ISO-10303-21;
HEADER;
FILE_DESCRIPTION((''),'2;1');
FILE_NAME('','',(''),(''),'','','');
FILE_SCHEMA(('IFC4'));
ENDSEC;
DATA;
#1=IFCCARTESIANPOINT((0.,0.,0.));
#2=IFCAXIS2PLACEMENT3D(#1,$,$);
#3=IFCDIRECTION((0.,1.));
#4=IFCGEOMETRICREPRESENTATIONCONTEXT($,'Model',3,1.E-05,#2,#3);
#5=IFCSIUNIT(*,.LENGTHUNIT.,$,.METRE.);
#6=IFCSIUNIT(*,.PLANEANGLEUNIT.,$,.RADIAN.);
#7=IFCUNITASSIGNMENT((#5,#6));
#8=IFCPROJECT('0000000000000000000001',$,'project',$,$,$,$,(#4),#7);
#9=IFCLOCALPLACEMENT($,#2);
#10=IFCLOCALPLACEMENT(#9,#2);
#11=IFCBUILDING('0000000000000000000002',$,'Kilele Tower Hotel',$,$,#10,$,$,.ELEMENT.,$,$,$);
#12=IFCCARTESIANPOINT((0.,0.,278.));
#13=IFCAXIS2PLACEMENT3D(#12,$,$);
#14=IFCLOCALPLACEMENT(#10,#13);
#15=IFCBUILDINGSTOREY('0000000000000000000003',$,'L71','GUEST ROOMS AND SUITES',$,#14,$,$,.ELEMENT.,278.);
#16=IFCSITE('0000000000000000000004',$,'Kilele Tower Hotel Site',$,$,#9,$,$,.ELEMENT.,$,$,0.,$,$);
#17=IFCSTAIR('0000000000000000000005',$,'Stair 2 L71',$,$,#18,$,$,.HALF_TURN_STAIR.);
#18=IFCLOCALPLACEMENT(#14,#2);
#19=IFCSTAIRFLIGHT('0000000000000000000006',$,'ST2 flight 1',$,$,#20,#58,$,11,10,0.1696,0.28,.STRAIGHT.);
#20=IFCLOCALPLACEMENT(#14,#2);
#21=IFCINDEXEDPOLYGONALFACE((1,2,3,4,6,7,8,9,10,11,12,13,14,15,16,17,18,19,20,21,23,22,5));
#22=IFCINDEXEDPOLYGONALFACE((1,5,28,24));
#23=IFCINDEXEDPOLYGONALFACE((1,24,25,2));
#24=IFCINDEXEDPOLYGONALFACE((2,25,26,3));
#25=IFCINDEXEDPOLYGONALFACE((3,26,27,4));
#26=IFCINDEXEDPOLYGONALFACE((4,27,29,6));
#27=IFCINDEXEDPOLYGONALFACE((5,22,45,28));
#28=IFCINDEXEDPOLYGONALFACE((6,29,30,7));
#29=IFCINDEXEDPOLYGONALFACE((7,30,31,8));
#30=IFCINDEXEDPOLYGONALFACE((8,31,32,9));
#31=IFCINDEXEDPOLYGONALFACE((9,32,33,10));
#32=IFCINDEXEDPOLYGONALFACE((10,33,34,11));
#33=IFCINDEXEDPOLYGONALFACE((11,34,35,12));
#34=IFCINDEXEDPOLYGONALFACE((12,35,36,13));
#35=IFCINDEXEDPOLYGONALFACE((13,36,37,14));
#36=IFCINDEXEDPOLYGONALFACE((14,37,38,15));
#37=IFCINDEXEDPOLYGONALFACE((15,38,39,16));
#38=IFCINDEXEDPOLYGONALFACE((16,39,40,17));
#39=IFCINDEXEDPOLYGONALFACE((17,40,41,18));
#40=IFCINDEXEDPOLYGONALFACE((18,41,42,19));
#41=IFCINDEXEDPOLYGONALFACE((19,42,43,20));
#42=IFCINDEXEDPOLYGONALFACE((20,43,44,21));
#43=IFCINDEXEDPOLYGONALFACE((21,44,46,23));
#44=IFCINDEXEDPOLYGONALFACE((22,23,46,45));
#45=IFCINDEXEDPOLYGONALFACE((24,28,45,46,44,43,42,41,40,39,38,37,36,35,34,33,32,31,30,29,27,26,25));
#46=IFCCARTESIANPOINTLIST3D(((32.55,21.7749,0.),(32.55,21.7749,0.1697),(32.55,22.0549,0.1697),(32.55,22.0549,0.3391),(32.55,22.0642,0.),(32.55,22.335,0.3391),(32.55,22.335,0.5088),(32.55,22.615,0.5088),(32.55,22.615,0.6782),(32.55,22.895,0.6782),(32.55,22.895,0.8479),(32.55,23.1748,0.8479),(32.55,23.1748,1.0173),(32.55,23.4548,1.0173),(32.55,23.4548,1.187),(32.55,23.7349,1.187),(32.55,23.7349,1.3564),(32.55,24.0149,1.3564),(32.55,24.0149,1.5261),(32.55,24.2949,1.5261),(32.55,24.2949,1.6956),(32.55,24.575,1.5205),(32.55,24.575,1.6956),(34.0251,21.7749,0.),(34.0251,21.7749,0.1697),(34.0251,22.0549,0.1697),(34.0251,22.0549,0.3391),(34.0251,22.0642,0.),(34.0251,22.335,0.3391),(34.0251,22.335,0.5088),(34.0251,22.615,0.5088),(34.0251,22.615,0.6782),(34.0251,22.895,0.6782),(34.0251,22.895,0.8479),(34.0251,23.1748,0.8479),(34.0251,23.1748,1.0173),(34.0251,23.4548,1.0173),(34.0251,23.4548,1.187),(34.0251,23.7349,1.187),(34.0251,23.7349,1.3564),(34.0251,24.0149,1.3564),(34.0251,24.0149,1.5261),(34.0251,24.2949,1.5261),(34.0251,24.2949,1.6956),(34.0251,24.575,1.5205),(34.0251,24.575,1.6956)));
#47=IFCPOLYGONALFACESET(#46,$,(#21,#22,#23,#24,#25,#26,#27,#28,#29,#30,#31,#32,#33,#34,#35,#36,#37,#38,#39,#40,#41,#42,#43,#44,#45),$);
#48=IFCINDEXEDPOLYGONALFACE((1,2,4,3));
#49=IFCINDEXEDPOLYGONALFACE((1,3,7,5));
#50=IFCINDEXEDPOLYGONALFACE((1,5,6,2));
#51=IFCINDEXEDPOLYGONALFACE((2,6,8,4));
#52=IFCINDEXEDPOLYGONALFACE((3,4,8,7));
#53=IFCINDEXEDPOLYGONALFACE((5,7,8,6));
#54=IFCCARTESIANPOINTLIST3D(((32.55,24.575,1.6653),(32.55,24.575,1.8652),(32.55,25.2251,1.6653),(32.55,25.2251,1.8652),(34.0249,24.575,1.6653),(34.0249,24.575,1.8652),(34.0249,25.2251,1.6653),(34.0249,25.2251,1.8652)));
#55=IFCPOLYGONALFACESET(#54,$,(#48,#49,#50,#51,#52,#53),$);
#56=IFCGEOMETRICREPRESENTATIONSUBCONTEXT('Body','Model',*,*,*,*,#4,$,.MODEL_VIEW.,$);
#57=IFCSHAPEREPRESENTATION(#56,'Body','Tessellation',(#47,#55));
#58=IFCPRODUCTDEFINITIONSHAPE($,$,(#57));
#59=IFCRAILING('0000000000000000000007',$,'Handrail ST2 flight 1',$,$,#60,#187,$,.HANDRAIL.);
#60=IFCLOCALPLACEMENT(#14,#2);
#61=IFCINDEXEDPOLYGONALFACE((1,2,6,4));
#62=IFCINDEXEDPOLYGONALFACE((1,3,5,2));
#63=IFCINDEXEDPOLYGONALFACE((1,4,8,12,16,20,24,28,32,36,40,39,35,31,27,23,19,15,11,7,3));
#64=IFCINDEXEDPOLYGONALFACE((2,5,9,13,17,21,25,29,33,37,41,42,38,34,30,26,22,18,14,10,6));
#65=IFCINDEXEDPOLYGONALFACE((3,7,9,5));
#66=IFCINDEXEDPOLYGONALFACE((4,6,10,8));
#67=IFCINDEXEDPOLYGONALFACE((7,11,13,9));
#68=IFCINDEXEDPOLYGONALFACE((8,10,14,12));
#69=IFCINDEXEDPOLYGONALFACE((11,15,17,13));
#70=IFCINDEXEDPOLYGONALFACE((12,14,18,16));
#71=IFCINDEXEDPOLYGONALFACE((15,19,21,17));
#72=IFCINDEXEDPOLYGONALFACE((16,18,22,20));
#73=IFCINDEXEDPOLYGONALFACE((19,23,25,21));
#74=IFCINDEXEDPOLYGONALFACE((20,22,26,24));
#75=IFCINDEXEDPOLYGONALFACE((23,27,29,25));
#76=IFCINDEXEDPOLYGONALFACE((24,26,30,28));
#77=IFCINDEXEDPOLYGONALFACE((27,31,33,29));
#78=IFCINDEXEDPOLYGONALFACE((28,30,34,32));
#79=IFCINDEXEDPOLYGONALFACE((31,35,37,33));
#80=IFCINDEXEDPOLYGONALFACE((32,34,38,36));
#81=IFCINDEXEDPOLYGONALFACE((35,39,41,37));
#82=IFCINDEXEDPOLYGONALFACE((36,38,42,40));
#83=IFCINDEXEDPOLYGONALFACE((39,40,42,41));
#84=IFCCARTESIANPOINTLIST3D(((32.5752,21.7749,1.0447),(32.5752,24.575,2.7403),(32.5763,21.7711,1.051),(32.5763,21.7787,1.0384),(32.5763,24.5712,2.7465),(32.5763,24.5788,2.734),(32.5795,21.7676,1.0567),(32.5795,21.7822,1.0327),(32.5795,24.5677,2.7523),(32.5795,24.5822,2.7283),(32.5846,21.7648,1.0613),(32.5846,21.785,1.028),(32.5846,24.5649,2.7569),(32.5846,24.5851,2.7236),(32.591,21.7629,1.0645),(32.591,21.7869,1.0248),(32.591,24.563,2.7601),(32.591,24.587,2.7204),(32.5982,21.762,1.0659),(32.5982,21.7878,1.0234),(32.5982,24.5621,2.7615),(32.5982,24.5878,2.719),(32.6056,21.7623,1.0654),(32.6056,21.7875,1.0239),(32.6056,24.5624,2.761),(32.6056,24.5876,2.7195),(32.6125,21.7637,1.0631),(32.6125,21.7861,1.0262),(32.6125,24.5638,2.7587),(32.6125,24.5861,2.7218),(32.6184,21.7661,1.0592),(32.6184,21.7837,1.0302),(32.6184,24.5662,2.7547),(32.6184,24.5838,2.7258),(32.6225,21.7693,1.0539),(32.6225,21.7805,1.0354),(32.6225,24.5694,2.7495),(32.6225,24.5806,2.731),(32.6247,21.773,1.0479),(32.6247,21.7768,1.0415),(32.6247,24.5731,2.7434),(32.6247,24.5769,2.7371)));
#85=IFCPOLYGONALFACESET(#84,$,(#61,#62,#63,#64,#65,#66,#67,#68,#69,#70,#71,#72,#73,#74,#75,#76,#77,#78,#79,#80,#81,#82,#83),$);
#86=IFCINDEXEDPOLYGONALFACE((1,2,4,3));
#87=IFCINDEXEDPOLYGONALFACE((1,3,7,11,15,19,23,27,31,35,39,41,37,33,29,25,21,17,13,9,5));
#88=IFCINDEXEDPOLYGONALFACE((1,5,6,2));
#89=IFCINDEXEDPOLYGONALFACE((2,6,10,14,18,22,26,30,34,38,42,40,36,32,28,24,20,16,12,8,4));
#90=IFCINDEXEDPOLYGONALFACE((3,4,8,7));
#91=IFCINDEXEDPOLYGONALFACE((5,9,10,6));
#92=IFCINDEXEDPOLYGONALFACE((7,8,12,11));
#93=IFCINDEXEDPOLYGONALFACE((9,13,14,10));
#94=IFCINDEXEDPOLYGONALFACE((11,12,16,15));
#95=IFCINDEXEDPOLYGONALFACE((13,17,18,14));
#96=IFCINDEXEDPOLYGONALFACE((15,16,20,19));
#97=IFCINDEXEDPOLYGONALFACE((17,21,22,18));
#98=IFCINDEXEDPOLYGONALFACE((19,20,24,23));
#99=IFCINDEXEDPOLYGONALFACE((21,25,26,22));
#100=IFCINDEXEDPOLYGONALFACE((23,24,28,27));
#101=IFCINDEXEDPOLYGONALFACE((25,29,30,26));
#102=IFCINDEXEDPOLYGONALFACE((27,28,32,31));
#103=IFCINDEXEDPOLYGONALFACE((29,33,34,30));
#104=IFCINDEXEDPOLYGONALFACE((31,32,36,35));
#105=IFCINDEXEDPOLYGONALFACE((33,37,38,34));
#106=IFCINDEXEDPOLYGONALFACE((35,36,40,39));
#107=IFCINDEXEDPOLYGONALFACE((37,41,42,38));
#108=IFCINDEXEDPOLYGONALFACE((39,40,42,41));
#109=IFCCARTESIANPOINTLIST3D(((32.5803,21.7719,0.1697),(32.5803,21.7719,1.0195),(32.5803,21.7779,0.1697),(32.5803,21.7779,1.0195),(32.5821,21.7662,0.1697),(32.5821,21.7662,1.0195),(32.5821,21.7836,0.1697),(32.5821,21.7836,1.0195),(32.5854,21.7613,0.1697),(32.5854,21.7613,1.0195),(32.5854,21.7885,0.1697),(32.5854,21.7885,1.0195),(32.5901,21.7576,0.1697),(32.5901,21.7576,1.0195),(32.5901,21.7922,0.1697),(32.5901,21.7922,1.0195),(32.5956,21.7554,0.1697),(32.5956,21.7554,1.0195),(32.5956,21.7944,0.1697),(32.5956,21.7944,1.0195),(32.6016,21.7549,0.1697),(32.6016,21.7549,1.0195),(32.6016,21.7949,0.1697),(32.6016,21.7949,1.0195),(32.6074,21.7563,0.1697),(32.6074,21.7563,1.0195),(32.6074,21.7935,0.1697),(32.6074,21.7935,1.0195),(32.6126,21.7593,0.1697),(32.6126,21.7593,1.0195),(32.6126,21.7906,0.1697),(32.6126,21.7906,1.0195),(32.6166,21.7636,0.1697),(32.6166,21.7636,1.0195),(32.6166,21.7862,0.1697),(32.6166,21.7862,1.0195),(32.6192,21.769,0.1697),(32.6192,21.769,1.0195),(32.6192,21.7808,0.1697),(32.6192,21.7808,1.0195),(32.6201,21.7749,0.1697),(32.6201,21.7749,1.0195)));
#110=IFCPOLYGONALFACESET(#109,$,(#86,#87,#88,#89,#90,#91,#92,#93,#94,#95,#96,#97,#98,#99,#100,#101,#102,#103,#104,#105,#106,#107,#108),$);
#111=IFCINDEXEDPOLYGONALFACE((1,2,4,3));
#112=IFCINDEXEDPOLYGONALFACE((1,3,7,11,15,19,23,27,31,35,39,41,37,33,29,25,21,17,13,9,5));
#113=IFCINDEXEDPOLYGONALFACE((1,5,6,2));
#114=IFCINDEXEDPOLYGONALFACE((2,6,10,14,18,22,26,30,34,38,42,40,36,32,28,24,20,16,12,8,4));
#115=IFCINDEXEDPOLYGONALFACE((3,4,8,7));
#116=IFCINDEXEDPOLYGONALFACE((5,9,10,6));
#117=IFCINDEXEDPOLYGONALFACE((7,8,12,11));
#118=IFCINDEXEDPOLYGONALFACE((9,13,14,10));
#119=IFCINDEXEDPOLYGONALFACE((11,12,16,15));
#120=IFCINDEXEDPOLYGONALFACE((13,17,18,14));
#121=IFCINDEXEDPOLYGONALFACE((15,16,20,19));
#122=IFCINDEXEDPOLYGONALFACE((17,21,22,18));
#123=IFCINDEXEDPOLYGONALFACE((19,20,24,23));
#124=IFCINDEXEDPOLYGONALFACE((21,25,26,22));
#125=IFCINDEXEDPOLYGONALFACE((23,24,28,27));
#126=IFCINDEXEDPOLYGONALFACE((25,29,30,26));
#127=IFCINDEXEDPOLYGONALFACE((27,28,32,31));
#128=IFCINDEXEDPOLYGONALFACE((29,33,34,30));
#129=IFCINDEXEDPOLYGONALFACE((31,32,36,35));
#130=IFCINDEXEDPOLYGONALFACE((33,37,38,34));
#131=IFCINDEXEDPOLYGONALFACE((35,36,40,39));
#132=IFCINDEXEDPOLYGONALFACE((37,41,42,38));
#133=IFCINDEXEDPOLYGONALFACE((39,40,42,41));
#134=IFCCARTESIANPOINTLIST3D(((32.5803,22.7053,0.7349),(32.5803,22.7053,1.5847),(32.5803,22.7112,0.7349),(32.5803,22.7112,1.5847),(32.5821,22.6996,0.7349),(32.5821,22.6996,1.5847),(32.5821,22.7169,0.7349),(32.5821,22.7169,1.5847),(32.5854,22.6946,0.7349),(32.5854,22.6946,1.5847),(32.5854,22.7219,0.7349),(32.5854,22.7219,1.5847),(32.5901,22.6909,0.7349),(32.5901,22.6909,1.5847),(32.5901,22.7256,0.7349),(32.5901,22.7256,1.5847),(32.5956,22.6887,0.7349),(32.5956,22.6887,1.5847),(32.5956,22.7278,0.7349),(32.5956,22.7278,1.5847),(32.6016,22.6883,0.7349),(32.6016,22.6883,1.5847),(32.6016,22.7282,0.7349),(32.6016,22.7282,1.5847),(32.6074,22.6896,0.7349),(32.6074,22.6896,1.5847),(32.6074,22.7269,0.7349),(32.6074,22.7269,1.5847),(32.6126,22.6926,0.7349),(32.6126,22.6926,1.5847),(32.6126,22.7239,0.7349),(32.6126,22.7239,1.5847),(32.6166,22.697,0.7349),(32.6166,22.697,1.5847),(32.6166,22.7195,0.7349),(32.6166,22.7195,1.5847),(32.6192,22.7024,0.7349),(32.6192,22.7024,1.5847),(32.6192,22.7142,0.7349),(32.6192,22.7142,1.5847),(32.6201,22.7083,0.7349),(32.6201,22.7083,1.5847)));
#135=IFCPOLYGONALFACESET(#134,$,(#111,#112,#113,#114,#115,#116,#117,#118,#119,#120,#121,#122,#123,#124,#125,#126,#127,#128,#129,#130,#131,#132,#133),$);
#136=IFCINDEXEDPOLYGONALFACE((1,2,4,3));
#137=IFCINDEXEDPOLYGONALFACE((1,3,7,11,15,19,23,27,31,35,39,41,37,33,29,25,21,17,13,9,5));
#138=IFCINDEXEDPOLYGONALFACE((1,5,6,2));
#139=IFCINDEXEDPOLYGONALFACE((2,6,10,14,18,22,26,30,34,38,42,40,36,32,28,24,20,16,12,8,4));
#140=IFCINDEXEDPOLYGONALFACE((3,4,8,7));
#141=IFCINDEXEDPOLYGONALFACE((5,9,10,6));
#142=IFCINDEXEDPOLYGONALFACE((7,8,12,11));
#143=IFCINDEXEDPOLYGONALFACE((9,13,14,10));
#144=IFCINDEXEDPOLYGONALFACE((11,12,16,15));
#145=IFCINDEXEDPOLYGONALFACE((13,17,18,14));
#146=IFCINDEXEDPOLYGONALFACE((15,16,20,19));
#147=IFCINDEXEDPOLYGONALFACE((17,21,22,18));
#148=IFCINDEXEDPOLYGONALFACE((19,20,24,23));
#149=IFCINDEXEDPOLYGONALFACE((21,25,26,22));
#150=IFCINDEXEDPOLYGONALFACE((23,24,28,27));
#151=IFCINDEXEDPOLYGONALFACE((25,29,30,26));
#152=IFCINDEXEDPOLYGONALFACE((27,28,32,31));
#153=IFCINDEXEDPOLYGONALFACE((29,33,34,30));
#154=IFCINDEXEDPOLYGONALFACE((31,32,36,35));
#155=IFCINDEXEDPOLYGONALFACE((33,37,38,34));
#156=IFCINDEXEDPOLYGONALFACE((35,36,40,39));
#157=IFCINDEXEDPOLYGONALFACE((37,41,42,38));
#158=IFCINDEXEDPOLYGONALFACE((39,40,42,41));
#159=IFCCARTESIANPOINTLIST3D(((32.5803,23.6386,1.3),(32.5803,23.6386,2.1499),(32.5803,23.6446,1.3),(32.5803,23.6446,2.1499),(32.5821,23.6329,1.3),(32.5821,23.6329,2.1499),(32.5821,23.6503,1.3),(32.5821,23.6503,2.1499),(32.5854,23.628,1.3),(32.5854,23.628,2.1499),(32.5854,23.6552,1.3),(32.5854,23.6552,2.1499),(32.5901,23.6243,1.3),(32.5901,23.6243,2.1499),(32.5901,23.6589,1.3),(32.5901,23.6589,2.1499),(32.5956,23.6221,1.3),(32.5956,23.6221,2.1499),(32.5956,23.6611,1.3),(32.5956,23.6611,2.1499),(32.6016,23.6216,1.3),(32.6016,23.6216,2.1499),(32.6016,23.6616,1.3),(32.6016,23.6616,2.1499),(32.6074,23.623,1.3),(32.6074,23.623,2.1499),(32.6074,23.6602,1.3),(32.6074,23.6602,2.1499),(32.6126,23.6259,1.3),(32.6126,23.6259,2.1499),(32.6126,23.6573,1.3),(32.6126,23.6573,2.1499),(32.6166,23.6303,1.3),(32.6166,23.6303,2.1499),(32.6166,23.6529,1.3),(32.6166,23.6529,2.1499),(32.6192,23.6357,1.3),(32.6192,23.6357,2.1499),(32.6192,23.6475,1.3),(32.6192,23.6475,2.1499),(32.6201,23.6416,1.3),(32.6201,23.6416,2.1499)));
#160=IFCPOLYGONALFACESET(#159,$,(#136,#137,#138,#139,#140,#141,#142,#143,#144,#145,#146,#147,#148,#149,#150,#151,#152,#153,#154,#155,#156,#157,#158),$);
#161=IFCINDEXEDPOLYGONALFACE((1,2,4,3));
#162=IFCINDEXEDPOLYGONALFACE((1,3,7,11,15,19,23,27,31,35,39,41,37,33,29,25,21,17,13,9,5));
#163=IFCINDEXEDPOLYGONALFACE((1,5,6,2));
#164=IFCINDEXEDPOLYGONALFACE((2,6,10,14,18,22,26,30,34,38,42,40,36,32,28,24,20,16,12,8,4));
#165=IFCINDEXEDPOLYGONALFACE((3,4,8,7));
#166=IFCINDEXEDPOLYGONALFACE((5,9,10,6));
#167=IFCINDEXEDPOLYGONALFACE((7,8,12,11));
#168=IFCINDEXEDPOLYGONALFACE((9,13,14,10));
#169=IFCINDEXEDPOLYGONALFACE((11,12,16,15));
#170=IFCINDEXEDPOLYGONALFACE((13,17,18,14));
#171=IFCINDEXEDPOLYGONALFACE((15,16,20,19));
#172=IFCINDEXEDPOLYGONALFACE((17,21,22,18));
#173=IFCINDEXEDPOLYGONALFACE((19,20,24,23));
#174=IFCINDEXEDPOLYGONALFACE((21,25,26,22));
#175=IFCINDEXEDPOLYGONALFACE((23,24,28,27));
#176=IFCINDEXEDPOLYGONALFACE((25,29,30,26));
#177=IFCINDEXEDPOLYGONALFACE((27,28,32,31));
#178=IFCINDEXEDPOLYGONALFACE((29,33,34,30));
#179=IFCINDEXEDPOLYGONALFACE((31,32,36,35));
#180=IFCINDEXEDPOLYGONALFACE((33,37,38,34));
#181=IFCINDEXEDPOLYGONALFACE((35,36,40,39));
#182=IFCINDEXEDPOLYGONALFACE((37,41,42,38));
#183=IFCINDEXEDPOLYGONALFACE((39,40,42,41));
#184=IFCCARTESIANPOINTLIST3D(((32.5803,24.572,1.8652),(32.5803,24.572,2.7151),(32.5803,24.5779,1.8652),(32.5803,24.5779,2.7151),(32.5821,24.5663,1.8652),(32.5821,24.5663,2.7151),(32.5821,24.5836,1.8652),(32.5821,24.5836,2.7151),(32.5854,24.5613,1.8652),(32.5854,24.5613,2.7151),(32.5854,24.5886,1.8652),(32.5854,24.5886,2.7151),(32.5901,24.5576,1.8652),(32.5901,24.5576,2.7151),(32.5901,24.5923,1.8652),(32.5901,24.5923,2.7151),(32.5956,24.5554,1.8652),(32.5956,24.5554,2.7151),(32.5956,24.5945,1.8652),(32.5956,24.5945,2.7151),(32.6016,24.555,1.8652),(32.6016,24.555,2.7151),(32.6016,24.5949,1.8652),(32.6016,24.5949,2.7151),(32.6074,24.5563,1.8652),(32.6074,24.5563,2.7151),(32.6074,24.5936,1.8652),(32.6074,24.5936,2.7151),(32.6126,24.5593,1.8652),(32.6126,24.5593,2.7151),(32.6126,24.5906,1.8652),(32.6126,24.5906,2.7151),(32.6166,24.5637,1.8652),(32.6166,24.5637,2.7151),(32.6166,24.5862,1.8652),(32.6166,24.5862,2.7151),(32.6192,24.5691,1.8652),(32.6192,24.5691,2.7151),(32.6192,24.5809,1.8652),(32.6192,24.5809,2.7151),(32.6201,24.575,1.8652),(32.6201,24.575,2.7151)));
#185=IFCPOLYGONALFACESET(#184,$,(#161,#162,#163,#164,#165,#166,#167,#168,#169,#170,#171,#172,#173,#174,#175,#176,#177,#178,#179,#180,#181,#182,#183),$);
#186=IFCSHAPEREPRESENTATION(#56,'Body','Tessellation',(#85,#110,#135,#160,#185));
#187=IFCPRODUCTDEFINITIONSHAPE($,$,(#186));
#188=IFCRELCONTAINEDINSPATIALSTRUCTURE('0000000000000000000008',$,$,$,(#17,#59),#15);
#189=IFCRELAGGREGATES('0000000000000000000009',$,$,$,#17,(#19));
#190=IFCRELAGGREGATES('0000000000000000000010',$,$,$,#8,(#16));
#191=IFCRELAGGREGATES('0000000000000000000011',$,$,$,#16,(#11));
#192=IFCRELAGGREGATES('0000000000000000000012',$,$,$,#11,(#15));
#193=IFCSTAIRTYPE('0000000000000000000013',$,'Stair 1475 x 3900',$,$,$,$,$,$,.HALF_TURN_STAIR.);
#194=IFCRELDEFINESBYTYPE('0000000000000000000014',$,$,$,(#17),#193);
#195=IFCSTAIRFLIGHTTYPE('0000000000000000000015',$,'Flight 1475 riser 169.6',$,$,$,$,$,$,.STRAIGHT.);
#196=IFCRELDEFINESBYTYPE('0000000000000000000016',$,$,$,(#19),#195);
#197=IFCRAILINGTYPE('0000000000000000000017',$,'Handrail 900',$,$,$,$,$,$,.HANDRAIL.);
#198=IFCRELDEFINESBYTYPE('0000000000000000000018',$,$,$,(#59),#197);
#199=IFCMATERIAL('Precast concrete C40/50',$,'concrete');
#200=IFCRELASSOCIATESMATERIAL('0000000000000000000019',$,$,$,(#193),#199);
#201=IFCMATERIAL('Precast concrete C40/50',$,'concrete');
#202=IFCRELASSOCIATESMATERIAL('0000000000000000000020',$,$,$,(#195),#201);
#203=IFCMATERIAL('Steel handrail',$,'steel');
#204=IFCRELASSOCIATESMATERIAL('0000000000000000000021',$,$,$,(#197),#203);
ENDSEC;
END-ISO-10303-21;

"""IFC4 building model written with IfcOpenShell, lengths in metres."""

from ifc_helpers import new_model, si_unit, direction, frame, origin, origin_2d, place, context, subcontext, project, spatial, polyline, circle, outline, extrude, material, type_object, element, aggregate, save


model = new_model("IFC4")

# Units and contexts
model_context = context("Model", 3, precision=1e-05, world=origin(), true_north=direction((0.0, 1.0)))
body_context = subcontext(model_context, "Body", "Model", "MODEL_VIEW")
ifc_project = project(units=[si_unit("LENGTHUNIT", "METRE"), si_unit("PLANEANGLEUNIT", "RADIAN")], contexts=[model_context])

# Site, building, storey
site_placement = place(None, origin())
site = spatial("IfcSite", under=ifc_project, at=site_placement, Name="Kilele Tower Hotel Site", CompositionType="ELEMENT", RefElevation=0.0)
building_placement = place(site_placement, origin())
building = spatial("IfcBuilding", under=site, at=building_placement, Name="Kilele Tower Hotel", CompositionType="ELEMENT")
storey_placement = place(building_placement, frame((0.0, 0.0, 278.0)))
storey = spatial("IfcBuildingStorey", under=building, at=storey_placement, Name="L71", Description="GUEST ROOMS AND SUITES", CompositionType="ELEMENT", Elevation=278.0)

# Stair, stair flight
ifc_material_1 = material(Name="Precast concrete C40/50", Category="concrete")
stair_type = type_object("IfcStairType", Name="Stair 1475 x 3900", PredefinedType="HALF_TURN_STAIR", material=ifc_material_1)
stair_placement = place(storey_placement, origin())
stair = element("IfcStair", 1, at=stair_placement, inside=storey, type_object=stair_type, Name="Stair 2 L71", PredefinedType="HALF_TURN_STAIR")
ifc_material_2 = material(Name="Precast concrete C40/50", Category="concrete")
stair_flight_type = type_object("IfcStairFlightType", Name="Flight 1475 riser 169.6", PredefinedType="STRAIGHT", material=ifc_material_2)
stair_flight_placement = place(storey_placement, frame((33.2876, 21.7749, 0.0), z_axis=(0.0, 0.0, 1.0), x_axis=(0.0, 1.0, 0.0)))
stair_flight = element("IfcStairFlight", 2, at=stair_flight_placement, type_object=stair_flight_type, Name="ST2 flight 1", NumberOfRisers=11, NumberOfTreads=10, PredefinedType="STRAIGHT", RiserHeight=0.1696, TreadLength=0.28, context=body_context, shape_type="SweptSolid", body=[
    extrude(outline(polyline([(0.0, 0.0), (0.0, 0.1697), (0.28, 0.1697), (0.28, 0.3391), (0.5601, 0.3391), (0.5601, 0.5088), (0.8401, 0.5088), (0.8401, 0.6782), (1.1201, 0.6782), (1.1201, 0.8479), (1.3999, 0.8479), (1.3999, 1.0173), (1.6799, 1.0173), (1.6799, 1.187), (1.96, 1.187), (1.96, 1.3564), (2.24, 1.3564), (2.24, 1.5261), (2.52, 1.5261), (2.52, 1.6956), (2.8, 1.6956), (2.8, 1.8652), (2.8, 1.5205), (0.2893, 0.0), (0.0, 0.0)])), frame((0.0, 0.7375, 0.0), z_axis=(0.0, -1.0, 0.0), x_axis=(1.0, 0.0, 0.0)), (0.0, 0.0, 1.0), 1.4751),
    extrude(outline(polyline([(2.8, 0.7375), (2.8, -0.7373), (3.4502, -0.7373), (3.4502, 0.7375), (2.8, 0.7375)])), frame((0.0, 0.0, 1.6653)), (0.0, 0.0, 1.0), 0.2),
])
aggregate(stair, [stair_flight])

# Railing
ifc_material_3 = material(Name="Steel handrail", Category="steel")
railing_type = type_object("IfcRailingType", Name="Handrail 900", PredefinedType="HANDRAIL", material=ifc_material_3)
railing_placement = place(storey_placement, frame((32.6001, 21.7749, 0.1697)))
element("IfcRailing", 3, at=railing_placement, inside=storey, type_object=railing_type, Name="Handrail ST2 flight 1", PredefinedType="HANDRAIL", context=body_context, shape_type="SweptSolid", body=[
    extrude(circle(Radius=0.0249, at=origin_2d()), frame((0.0, 0.0, 0.875), z_axis=(0.0, 0.855393, 0.517979), x_axis=(-1.0, 0.0, 0.0)), (0.0, 0.0, 1.0), 3.2734),
    extrude(circle(Radius=0.02, at=origin_2d()), origin(), (0.0, 0.0, 1.0), 0.8499),
    extrude(circle(Radius=0.02, at=origin_2d()), frame((0.0, 0.9333, 0.5652)), (0.0, 0.0, 1.0), 0.8499),
    extrude(circle(Radius=0.02, at=origin_2d()), frame((0.0, 1.8667, 1.1304)), (0.0, 0.0, 1.0), 0.8499),
    extrude(circle(Radius=0.02, at=origin_2d()), frame((0.0, 2.8, 1.6956)), (0.0, 0.0, 1.0), 0.8499),
])

save(model, "model.ifc")
